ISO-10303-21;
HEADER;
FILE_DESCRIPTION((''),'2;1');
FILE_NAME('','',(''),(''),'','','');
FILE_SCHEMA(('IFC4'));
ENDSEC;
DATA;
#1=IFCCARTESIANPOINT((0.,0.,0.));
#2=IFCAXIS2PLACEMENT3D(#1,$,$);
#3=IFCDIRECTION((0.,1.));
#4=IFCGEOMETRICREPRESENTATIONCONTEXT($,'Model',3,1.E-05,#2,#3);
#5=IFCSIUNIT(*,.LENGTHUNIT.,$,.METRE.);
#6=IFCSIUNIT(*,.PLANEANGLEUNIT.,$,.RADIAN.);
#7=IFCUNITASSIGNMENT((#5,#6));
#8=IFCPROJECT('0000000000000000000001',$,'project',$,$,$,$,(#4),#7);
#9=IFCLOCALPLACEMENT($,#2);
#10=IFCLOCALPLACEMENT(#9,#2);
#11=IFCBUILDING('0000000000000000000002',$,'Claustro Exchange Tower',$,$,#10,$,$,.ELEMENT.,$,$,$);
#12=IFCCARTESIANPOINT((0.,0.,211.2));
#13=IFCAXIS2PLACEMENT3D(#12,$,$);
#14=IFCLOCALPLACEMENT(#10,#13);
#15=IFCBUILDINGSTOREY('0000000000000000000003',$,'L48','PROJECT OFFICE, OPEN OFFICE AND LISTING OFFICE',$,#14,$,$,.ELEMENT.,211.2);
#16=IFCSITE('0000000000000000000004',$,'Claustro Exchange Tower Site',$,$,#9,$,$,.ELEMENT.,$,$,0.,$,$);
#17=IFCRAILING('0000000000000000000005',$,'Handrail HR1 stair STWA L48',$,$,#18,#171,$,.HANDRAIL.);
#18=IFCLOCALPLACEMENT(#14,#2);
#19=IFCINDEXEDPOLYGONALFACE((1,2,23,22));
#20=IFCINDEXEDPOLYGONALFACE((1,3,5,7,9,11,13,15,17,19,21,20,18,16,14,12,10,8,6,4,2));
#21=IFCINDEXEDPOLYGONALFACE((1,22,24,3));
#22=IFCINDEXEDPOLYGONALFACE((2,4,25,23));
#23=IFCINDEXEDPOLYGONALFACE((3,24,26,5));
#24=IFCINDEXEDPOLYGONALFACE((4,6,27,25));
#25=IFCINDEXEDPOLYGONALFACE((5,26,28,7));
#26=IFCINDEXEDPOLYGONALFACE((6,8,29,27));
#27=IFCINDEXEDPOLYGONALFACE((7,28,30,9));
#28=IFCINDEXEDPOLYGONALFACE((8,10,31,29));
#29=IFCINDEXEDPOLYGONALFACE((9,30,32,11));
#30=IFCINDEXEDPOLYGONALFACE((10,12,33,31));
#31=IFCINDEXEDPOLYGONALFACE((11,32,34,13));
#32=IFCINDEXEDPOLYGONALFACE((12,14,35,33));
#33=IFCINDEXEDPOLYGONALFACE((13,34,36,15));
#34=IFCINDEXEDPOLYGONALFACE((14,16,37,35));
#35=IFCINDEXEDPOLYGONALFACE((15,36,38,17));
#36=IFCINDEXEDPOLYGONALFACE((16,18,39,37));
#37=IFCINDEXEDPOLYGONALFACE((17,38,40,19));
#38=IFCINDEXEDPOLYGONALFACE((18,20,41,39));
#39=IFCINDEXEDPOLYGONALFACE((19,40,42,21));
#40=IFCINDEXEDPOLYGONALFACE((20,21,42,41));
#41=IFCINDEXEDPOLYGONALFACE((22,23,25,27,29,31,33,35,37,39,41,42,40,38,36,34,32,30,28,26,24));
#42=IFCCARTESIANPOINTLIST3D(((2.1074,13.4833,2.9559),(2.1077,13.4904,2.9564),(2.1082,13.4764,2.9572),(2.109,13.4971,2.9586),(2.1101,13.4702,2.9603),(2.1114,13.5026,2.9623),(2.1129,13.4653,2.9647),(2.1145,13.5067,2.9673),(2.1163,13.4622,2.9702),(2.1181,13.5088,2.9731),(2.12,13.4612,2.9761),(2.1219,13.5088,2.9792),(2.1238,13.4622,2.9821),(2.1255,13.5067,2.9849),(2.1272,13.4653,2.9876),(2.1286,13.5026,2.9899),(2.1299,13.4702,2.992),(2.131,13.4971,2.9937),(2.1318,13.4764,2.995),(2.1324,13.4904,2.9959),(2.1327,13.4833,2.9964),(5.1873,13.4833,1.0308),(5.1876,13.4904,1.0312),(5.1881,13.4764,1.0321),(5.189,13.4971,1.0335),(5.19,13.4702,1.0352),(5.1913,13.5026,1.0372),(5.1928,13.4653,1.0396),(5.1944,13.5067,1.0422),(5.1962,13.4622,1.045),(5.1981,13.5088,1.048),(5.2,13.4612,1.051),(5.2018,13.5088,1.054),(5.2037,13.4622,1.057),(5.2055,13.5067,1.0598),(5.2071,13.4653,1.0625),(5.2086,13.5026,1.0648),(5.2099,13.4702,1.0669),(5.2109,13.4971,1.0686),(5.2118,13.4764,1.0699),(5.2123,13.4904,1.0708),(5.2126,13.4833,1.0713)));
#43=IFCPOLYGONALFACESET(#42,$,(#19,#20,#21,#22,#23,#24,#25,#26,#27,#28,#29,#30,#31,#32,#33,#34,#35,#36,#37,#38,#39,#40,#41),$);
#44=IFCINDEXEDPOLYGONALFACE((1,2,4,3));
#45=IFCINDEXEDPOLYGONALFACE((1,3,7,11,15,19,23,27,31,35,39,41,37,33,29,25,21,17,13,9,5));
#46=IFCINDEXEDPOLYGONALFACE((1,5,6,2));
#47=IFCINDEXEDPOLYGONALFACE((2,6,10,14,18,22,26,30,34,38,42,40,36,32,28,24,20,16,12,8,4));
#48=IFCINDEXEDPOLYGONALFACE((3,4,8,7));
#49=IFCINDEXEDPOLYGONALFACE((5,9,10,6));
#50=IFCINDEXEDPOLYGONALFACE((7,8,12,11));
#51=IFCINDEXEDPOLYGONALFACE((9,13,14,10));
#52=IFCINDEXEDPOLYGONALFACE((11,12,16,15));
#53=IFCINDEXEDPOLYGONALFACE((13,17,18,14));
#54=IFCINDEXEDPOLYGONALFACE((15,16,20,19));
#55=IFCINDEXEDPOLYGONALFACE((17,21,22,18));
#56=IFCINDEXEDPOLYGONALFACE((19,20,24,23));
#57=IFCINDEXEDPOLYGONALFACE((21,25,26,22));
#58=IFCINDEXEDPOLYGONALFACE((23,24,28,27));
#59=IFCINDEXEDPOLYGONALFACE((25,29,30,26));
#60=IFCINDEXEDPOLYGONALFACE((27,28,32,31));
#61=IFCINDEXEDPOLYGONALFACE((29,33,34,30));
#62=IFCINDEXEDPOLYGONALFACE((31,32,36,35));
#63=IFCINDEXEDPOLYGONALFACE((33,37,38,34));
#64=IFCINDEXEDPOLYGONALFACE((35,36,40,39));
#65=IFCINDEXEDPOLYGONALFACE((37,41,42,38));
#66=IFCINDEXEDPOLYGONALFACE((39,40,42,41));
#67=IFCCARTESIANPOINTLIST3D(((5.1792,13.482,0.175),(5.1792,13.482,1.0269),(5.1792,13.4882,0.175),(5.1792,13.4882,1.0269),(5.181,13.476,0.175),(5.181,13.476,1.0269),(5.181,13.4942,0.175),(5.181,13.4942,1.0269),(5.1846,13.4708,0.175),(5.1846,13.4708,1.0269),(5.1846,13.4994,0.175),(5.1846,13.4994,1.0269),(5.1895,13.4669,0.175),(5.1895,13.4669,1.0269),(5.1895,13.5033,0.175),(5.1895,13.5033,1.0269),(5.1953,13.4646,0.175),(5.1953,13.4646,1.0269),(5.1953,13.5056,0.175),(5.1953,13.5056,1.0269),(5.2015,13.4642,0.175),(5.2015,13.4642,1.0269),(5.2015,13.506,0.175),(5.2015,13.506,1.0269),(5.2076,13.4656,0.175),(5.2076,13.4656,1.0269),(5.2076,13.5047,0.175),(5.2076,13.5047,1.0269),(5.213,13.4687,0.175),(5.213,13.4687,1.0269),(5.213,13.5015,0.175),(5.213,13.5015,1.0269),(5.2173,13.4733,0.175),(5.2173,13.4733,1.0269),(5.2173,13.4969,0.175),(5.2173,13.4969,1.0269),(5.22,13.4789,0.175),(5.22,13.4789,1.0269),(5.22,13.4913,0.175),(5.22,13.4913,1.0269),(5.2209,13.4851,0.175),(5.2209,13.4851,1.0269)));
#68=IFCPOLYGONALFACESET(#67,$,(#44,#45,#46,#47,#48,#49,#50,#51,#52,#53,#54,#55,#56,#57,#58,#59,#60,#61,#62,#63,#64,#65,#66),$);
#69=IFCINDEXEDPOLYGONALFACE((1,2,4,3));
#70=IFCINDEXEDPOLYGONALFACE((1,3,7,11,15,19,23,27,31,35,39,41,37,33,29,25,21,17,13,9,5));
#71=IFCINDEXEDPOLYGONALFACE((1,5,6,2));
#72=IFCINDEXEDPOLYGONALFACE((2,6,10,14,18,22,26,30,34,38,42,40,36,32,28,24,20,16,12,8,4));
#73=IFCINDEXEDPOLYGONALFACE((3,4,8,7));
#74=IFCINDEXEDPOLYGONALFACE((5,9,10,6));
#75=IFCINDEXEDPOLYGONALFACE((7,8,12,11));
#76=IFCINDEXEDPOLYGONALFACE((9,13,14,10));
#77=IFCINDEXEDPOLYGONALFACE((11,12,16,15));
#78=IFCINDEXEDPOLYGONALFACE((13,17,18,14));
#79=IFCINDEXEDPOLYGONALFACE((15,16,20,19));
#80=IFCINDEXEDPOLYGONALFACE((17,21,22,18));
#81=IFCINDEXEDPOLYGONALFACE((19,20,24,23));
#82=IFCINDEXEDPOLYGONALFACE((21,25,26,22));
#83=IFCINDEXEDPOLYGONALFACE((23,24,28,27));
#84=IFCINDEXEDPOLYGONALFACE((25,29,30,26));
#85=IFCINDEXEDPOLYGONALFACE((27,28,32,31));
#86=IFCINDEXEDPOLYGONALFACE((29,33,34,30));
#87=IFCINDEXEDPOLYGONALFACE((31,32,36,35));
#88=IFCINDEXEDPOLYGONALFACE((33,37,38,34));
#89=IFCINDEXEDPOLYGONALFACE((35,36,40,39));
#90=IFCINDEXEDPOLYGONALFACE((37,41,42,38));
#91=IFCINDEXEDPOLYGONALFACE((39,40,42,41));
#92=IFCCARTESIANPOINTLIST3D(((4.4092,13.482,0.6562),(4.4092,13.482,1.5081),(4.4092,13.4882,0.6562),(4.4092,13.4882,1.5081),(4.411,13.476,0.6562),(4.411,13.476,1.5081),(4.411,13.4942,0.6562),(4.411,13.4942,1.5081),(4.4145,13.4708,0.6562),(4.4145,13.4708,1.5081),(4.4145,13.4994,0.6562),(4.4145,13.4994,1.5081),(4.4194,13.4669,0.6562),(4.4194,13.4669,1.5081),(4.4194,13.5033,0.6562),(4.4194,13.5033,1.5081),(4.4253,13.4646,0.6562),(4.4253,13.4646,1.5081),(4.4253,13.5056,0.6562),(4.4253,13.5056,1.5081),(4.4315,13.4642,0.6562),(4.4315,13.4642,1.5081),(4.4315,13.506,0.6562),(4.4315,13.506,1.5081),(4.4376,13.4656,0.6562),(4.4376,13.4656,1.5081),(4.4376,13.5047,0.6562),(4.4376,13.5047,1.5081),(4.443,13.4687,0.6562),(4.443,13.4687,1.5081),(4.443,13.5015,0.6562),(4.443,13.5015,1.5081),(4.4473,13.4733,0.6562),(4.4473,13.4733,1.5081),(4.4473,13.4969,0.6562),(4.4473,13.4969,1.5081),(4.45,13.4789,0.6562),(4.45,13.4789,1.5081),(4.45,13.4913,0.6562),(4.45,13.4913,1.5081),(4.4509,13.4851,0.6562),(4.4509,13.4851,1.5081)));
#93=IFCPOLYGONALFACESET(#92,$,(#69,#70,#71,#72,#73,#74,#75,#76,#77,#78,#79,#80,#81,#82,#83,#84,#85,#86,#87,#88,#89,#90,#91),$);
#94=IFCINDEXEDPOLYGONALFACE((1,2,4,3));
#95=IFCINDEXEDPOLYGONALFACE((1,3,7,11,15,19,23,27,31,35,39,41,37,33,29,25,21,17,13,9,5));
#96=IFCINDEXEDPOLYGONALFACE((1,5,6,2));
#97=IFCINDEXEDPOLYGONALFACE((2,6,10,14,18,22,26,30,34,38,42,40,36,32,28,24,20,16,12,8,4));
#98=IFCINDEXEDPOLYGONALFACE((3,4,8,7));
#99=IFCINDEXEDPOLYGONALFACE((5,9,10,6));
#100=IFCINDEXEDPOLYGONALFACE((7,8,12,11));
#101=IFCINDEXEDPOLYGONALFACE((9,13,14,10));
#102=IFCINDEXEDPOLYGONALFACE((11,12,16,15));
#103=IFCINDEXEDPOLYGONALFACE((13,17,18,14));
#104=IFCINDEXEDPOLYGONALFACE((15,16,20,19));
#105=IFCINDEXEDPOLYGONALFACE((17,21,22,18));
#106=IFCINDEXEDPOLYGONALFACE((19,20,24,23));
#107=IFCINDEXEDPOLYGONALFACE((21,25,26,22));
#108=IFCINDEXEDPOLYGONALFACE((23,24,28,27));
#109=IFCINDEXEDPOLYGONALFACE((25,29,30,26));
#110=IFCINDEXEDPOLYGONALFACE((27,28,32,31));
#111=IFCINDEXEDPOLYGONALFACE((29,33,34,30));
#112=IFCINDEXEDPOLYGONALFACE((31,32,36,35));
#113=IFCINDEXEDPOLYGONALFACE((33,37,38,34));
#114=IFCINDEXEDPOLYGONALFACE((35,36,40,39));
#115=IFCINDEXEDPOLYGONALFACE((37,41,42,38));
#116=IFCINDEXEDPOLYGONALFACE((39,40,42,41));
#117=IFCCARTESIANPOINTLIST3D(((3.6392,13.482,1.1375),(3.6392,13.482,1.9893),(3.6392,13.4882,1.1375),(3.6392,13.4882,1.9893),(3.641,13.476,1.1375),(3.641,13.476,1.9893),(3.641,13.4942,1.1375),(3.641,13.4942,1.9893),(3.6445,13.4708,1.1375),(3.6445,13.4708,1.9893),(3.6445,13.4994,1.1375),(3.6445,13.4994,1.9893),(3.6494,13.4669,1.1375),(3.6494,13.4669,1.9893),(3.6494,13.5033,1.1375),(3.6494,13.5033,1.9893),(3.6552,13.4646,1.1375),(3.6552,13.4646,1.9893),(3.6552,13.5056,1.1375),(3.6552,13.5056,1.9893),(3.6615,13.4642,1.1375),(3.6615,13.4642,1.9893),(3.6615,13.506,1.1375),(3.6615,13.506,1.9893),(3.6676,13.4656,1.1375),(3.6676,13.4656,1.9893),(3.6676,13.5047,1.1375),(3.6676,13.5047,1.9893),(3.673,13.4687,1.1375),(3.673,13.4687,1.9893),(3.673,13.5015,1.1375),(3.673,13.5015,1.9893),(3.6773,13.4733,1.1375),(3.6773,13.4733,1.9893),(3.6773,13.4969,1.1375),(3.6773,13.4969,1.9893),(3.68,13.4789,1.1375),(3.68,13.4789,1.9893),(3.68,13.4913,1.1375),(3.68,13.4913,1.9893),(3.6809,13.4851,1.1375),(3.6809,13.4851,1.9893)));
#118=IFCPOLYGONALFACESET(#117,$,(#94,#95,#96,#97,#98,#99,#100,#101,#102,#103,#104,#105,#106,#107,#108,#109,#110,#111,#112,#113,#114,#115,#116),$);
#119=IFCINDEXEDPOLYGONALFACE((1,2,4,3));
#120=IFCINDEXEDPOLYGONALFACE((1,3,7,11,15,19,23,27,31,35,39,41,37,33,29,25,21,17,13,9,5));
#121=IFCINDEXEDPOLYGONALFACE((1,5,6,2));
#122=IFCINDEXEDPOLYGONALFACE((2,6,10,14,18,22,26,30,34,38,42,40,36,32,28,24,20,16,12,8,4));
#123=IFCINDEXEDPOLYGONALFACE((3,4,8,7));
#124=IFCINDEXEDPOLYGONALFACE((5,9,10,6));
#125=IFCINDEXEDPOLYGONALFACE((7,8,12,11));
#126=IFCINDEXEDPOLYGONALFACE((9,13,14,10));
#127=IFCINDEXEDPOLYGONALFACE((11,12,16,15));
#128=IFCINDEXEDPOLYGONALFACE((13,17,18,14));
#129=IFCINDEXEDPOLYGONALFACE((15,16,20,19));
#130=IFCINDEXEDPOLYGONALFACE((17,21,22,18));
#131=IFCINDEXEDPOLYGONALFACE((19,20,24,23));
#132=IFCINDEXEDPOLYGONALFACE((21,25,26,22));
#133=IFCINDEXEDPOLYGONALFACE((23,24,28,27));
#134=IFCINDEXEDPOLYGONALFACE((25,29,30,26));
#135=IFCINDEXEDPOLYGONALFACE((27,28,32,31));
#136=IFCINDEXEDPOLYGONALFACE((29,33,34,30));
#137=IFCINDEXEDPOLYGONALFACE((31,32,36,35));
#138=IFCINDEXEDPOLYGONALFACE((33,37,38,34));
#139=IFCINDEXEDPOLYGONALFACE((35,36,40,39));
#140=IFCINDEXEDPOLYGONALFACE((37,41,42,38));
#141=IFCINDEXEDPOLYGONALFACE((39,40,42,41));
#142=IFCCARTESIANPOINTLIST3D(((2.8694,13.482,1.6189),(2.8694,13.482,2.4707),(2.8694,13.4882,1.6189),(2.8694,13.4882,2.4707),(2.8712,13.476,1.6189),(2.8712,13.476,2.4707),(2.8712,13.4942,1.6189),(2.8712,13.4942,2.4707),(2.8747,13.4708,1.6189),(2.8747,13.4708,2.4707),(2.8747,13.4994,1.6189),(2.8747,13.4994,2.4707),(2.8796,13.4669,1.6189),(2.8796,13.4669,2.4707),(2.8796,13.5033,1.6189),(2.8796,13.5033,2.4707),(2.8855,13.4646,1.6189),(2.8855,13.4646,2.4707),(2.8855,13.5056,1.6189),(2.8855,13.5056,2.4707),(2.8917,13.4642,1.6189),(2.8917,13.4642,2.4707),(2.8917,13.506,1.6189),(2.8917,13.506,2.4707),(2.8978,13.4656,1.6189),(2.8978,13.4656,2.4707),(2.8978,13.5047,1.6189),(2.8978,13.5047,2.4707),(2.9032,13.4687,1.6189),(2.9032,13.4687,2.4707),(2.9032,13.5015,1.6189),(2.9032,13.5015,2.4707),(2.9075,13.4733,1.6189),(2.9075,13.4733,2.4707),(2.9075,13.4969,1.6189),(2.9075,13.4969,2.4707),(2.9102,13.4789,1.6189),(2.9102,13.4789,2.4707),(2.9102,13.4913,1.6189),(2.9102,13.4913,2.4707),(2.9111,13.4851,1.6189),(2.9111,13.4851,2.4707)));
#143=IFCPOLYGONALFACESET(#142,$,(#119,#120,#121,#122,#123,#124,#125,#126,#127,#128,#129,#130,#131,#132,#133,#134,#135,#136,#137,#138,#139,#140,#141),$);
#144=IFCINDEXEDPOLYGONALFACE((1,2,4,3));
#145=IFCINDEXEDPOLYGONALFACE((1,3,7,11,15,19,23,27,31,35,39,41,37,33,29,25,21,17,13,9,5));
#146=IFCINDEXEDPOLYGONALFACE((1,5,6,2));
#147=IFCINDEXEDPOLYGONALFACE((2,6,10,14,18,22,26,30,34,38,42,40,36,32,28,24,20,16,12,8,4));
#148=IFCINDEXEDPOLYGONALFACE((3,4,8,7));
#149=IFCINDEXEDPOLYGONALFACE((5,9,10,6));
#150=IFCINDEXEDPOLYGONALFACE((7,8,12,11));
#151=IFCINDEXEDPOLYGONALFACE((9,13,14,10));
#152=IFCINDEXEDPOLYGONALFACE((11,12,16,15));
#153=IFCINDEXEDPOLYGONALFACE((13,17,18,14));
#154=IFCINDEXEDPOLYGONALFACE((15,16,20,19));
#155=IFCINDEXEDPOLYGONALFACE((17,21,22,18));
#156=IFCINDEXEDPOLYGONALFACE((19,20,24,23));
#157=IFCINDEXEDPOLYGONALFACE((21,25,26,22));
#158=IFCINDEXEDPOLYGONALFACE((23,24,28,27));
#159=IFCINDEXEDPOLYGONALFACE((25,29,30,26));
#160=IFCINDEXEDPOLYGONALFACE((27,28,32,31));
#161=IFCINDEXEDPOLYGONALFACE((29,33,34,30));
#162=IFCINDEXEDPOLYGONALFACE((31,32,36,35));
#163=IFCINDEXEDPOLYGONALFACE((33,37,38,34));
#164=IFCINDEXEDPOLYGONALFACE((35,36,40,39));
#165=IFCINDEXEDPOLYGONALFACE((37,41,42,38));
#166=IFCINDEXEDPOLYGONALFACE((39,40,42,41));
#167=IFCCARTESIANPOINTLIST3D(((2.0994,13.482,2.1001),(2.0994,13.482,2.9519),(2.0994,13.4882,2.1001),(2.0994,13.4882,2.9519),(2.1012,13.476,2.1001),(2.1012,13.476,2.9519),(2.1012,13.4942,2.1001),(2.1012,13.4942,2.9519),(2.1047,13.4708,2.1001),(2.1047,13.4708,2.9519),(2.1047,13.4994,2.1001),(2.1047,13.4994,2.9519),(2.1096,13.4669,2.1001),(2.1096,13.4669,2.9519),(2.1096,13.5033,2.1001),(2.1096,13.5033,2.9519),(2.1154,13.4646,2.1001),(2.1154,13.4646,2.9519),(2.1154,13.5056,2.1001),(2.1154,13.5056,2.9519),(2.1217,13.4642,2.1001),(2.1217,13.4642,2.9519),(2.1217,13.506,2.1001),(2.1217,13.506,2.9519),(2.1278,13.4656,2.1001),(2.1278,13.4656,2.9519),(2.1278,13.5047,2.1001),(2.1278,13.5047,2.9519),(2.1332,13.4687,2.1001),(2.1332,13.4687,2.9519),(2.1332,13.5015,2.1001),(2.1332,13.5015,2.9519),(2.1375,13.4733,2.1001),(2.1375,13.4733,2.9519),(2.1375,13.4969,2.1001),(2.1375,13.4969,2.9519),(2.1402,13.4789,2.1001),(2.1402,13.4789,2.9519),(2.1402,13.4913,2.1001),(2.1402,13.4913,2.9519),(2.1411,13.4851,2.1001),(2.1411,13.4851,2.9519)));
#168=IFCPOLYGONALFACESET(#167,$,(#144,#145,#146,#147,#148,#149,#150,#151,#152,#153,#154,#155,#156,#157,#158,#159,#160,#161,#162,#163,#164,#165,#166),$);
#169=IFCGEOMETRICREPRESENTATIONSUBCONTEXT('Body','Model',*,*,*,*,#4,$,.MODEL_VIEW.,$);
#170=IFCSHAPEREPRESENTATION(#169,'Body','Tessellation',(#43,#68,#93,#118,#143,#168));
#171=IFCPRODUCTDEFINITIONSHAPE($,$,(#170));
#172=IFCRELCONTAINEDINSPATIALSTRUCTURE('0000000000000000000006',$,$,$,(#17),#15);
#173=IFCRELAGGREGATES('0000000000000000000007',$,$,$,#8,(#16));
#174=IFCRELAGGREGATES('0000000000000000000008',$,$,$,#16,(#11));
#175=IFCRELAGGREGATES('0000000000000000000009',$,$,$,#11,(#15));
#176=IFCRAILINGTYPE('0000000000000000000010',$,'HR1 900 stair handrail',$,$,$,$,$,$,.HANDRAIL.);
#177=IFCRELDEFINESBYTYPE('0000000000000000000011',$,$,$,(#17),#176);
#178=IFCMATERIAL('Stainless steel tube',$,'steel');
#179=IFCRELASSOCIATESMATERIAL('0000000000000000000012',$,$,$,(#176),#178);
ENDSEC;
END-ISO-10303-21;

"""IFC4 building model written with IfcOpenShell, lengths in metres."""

from ifc_helpers import new_model, si_unit, direction, frame, origin, origin_2d, place, context, subcontext, project, spatial, circle, extrude, material, type_object, element, save


model = new_model("IFC4")

# Units and contexts
model_context = context("Model", 3, precision=1e-05, world=origin(), true_north=direction((0.0, 1.0)))
body_context = subcontext(model_context, "Body", "Model", "MODEL_VIEW")
ifc_project = project(units=[si_unit("LENGTHUNIT", "METRE"), si_unit("PLANEANGLEUNIT", "RADIAN")], contexts=[model_context])

# Site, building, storey
site_placement = place(None, origin())
site = spatial("IfcSite", under=ifc_project, at=site_placement, Name="Claustro Exchange Tower Site", CompositionType="ELEMENT", RefElevation=0.0)
building_placement = place(site_placement, origin())
building = spatial("IfcBuilding", under=site, at=building_placement, Name="Claustro Exchange Tower", CompositionType="ELEMENT")
storey_placement = place(building_placement, frame((0.0, 0.0, 211.2)))
storey = spatial("IfcBuildingStorey", under=building, at=storey_placement, Name="L48", Description="PROJECT OFFICE, OPEN OFFICE AND LISTING OFFICE", CompositionType="ELEMENT", Elevation=211.2)

# Railing
ifc_material_1 = material(Name="Stainless steel tube", Category="steel")
railing_type_1 = type_object("IfcRailingType", Name="HR1 900 stair handrail", PredefinedType="HANDRAIL", material=ifc_material_1)
railing_1_placement = place(storey_placement, frame((5.2, 13.4851, 0.175)))
element("IfcRailing", 1, at=railing_1_placement, inside=storey, type_object=railing_type_1, Name="Handrail HR1 stair STWA L48", PredefinedType="HANDRAIL", context=body_context, shape_type="SweptSolid", body=[
    extrude(circle(Radius=0.0239, at=origin_2d()), frame((0.0, 0.0, 0.876), z_axis=(-0.847979, 0.0, 0.530029), x_axis=(0.0, -1.0, 0.0)), (0.0, 0.0, 1.0), 3.6321),
    extrude(circle(Radius=0.021, at=origin_2d()), origin(), (0.0, 0.0, 1.0), 0.8518),
    extrude(circle(Radius=0.021, at=origin_2d()), frame((-0.77, 0.0, 0.4812)), (0.0, 0.0, 1.0), 0.8518),
    extrude(circle(Radius=0.021, at=origin_2d()), frame((-1.54, 0.0, 0.9624)), (0.0, 0.0, 1.0), 0.8518),
    extrude(circle(Radius=0.021, at=origin_2d()), frame((-2.3098, 0.0, 1.4438)), (0.0, 0.0, 1.0), 0.8518),
    extrude(circle(Radius=0.021, at=origin_2d()), frame((-3.0798, 0.0, 1.925)), (0.0, 0.0, 1.0), 0.8518),
])

save(model, "model.ifc")
